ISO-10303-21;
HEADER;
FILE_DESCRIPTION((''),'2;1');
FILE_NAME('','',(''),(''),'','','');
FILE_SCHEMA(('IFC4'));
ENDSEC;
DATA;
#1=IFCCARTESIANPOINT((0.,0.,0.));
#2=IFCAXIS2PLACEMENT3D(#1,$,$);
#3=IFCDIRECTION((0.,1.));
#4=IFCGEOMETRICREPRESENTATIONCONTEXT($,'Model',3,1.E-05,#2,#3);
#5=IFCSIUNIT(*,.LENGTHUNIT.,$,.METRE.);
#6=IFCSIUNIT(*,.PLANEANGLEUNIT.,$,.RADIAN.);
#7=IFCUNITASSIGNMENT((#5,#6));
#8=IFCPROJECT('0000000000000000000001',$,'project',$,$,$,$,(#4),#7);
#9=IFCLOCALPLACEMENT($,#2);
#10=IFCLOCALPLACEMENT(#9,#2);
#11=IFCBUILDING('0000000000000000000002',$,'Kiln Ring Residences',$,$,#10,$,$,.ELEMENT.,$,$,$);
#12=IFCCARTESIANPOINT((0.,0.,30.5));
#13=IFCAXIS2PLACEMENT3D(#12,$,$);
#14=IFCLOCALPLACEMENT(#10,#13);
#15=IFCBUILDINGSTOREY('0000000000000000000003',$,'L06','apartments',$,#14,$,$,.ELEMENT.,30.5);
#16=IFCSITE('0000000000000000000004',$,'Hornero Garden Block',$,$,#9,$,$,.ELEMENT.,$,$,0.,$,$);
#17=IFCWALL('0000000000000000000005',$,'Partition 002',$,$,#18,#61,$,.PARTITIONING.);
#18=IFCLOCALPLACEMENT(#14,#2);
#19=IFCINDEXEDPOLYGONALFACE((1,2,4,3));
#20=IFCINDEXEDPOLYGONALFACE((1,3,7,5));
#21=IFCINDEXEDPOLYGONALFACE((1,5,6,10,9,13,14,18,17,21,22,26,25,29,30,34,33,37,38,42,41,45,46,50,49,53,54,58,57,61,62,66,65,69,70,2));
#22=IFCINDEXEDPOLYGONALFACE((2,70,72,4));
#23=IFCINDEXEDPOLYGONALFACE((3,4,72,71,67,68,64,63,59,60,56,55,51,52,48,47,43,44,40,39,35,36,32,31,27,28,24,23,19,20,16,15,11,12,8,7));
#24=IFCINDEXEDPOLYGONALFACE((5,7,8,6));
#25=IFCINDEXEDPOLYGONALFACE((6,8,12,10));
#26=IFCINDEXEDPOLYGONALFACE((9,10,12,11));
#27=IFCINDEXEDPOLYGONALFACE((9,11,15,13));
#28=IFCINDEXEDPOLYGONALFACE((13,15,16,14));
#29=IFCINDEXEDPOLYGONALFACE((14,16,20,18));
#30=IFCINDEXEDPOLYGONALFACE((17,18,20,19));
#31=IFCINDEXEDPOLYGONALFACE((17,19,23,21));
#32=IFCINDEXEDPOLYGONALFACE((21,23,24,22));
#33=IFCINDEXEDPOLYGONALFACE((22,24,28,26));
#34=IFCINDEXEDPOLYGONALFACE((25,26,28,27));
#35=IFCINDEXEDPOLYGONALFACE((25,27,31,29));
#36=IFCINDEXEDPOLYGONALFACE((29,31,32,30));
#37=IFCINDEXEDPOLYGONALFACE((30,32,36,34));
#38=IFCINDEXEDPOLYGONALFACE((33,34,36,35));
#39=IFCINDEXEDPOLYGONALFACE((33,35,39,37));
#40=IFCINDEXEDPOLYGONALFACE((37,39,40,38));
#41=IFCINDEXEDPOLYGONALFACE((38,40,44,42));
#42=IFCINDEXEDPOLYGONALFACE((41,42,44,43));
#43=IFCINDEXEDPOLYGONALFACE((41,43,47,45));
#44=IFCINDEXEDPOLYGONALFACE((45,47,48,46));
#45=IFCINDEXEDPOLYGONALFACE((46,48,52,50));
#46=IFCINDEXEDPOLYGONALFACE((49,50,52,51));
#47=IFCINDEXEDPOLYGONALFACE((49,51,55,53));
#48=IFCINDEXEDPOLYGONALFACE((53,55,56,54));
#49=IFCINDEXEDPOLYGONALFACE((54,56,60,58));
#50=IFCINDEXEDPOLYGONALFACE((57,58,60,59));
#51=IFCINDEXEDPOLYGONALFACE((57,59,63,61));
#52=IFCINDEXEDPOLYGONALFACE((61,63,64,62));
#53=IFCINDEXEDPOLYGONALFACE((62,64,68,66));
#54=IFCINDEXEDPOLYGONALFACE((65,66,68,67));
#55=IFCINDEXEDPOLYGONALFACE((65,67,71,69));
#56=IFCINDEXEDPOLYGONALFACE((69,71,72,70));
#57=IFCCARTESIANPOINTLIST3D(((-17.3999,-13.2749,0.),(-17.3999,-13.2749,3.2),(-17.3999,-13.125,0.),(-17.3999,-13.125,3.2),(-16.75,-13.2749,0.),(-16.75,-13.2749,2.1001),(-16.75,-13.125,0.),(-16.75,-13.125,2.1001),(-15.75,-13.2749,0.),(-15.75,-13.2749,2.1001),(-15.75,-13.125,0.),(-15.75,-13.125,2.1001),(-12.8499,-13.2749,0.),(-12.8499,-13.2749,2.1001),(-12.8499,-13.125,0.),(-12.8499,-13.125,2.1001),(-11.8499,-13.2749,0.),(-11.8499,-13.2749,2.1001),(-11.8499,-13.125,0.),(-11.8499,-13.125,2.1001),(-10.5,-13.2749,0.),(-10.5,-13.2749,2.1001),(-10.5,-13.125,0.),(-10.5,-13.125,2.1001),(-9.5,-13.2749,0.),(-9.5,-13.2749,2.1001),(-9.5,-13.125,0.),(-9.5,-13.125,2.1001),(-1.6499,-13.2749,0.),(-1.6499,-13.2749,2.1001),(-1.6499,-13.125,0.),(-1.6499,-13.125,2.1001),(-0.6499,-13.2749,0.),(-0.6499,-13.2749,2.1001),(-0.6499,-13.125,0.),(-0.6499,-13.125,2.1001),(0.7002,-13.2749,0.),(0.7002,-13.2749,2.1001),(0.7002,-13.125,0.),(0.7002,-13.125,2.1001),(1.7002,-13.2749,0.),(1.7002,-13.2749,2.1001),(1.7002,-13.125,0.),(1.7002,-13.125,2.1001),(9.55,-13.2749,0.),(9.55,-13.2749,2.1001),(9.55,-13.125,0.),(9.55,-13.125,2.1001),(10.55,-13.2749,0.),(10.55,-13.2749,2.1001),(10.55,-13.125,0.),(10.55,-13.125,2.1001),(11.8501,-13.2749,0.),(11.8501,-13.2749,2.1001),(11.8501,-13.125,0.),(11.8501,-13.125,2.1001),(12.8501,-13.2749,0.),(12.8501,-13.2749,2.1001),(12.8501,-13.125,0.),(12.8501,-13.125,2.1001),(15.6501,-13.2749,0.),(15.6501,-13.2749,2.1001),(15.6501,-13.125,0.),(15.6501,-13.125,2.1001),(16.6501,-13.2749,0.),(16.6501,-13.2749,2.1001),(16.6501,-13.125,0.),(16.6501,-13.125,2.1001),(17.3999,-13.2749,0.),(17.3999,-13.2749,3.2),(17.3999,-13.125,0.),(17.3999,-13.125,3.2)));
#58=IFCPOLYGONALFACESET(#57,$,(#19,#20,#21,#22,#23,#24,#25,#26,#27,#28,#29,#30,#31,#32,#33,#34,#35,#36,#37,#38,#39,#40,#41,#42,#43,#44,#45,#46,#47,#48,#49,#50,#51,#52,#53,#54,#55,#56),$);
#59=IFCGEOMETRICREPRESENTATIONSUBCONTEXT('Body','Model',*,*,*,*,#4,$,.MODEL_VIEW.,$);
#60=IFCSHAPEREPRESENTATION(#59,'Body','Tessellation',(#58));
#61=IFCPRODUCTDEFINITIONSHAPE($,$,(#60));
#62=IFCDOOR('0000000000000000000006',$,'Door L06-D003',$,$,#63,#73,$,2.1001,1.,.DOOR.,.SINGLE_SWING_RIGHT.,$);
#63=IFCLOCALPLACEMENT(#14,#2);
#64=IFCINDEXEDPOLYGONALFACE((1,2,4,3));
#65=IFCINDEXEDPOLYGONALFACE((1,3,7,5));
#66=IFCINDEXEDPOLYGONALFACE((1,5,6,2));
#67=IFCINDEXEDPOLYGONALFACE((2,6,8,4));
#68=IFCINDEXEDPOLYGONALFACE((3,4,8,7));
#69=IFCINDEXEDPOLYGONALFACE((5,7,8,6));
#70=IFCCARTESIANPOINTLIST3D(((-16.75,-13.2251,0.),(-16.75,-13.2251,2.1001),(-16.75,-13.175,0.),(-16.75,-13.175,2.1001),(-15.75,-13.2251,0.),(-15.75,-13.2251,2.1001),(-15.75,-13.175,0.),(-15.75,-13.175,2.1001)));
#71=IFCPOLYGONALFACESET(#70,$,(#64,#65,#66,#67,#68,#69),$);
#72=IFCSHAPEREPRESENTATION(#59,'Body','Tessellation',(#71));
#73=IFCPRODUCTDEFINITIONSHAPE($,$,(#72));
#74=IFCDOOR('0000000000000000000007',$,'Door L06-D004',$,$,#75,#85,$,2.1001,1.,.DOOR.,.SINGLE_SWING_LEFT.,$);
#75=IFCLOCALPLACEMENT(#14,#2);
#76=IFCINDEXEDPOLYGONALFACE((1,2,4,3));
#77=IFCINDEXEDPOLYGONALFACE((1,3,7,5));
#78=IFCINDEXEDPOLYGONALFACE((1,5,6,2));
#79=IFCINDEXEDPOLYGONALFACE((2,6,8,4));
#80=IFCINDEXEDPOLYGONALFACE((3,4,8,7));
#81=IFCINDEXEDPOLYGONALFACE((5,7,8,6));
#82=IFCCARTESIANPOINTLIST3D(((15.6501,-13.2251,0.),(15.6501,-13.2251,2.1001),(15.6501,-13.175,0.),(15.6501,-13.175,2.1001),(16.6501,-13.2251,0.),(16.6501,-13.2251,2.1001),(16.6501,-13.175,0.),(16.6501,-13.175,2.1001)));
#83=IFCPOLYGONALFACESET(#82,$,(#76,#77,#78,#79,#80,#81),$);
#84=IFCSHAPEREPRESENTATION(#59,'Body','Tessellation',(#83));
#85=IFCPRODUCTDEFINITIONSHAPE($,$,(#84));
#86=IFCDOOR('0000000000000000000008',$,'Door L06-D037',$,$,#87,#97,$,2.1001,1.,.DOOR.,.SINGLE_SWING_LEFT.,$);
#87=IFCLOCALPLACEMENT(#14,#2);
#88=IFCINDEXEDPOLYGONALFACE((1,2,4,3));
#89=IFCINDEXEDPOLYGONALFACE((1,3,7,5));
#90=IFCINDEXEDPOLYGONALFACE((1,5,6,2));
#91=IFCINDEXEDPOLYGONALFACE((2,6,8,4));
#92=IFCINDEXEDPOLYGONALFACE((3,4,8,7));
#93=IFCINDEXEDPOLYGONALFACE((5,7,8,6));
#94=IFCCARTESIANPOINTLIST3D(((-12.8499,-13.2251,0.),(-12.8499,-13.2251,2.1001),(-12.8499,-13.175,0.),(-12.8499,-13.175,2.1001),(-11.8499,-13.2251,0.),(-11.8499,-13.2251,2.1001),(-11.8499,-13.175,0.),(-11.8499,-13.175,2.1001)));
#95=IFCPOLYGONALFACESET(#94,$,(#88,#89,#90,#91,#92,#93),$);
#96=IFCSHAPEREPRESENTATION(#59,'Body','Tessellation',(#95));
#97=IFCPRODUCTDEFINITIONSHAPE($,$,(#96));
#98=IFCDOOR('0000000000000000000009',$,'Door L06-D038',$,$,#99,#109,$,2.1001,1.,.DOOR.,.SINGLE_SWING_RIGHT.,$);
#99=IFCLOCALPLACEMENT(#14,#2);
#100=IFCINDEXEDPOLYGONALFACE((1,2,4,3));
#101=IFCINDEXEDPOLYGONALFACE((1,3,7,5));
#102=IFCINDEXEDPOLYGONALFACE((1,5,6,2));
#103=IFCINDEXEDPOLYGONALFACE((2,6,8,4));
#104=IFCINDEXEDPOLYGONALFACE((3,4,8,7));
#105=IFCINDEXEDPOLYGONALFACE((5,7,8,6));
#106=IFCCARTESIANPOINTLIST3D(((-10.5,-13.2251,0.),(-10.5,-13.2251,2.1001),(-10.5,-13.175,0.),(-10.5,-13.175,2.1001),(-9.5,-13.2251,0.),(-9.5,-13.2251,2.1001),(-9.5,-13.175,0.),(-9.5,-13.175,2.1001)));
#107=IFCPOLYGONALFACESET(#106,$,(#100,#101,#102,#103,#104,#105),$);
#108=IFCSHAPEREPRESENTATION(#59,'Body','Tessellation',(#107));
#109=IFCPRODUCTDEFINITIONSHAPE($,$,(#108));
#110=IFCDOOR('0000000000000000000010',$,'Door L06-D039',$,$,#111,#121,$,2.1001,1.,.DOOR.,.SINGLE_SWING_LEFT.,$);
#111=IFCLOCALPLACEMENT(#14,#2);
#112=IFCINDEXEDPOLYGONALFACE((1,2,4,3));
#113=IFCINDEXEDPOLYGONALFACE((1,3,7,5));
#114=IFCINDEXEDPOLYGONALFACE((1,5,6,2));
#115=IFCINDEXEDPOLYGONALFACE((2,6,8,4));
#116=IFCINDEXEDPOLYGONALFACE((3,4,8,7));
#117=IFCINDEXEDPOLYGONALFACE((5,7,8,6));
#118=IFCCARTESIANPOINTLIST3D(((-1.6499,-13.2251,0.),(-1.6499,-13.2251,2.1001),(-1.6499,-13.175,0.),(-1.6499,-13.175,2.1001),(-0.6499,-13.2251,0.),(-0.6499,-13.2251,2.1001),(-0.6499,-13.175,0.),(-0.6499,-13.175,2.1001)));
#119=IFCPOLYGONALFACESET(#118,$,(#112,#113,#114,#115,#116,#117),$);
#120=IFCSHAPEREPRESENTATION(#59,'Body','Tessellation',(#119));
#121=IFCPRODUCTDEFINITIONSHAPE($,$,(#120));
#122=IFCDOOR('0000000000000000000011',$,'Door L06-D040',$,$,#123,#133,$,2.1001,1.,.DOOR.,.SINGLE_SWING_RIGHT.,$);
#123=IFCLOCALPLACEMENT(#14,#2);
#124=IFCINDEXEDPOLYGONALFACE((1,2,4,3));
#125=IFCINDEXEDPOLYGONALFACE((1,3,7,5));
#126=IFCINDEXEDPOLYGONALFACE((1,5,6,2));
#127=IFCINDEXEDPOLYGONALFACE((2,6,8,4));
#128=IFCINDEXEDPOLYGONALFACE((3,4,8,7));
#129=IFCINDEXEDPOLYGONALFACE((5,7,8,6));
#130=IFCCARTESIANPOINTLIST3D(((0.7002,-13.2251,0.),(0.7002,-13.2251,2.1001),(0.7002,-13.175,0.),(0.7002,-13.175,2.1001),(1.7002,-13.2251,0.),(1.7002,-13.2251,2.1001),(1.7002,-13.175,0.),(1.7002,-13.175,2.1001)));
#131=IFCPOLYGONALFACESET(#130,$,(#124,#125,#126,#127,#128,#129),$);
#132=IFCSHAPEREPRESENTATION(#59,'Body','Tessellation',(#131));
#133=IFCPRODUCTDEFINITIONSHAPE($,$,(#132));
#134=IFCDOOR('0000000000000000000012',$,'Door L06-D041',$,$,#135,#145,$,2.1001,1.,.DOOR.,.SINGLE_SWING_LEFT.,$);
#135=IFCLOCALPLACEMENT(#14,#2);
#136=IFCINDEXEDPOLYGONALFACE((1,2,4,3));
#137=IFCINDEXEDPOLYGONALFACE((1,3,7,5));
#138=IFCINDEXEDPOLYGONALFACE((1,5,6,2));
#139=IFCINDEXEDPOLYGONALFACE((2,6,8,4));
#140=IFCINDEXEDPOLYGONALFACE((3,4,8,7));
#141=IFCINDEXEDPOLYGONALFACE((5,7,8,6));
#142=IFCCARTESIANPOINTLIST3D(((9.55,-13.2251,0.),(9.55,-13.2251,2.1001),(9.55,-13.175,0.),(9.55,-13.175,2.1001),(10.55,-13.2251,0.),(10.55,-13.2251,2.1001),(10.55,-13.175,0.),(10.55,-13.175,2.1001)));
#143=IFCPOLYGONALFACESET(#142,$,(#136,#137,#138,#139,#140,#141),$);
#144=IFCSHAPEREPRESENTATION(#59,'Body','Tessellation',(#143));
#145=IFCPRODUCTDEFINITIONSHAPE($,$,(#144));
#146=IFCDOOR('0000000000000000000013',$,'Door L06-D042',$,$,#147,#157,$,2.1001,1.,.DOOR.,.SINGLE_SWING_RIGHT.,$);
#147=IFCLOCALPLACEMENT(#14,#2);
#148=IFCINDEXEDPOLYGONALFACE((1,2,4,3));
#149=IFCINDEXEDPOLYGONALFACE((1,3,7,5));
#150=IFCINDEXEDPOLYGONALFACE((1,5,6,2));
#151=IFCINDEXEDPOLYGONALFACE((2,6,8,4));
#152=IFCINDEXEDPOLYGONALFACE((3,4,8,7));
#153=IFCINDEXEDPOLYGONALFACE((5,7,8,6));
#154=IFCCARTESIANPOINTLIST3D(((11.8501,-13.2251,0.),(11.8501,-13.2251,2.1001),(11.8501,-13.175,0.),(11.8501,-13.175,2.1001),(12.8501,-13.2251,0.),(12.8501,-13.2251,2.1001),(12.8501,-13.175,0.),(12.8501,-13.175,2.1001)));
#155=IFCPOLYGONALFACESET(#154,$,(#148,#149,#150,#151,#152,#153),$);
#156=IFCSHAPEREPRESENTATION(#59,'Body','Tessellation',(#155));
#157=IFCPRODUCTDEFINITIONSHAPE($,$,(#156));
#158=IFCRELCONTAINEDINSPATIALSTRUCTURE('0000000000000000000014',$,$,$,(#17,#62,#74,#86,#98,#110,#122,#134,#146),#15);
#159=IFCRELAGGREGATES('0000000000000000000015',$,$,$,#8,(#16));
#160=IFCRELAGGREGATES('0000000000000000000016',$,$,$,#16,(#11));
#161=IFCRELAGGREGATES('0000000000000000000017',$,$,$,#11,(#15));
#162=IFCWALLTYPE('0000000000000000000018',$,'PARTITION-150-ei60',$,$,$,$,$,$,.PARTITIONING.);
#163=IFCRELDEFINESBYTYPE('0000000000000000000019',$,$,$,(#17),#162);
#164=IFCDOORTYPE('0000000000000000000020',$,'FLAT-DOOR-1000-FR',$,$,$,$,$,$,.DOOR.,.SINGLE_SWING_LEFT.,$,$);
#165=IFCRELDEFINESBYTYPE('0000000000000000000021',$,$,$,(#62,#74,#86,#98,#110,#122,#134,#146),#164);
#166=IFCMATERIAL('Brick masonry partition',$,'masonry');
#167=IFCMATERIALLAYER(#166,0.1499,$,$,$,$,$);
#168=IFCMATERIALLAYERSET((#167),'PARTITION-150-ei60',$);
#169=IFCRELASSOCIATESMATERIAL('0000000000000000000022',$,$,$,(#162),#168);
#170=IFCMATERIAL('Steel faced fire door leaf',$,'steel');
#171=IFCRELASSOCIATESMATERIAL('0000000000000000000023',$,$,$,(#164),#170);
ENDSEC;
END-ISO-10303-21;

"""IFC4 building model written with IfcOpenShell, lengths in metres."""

from ifc_helpers import new_model, si_unit, direction, frame, frame_2d, origin, place, context, subcontext, project, spatial, rectangle, extrude, material, layer, layer_set, type_object, element, fill, save


model = new_model("IFC4")

# Units and contexts
model_context = context("Model", 3, precision=1e-05, world=origin(), true_north=direction((0.0, 1.0)))
body_context = subcontext(model_context, "Body", "Model", "MODEL_VIEW")
ifc_project = project(units=[si_unit("LENGTHUNIT", "METRE"), si_unit("PLANEANGLEUNIT", "RADIAN")], contexts=[model_context])

# Site, building, storey
site_placement = place(None, origin())
site = spatial("IfcSite", under=ifc_project, at=site_placement, Name="Hornero Garden Block", CompositionType="ELEMENT", RefElevation=0.0)
building_placement = place(site_placement, origin())
building = spatial("IfcBuilding", under=site, at=building_placement, Name="Kiln Ring Residences", CompositionType="ELEMENT")
storey_placement = place(building_placement, frame((0.0, 0.0, 30.5)))
storey = spatial("IfcBuildingStorey", under=building, at=storey_placement, Name="L06", Description="apartments", CompositionType="ELEMENT", Elevation=30.5)

# Wall, openings, doors
ifc_material_1 = material(Name="Brick masonry partition", Category="masonry")
ifc_layer_1 = layer(ifc_material_1, 0.1499)
ifc_layer_set_1 = layer_set([ifc_layer_1], Name="PARTITION-150-ei60")
wall_type_1 = type_object("IfcWallType", Name="PARTITION-150-ei60", PredefinedType="PARTITIONING", material=ifc_layer_set_1)
wall_1_placement = place(storey_placement, frame((-17.3999, -13.2, 0.0), z_axis=(0.0, 0.0, 1.0), x_axis=(1.0, 0.0, 0.0)))
wall_1 = element("IfcWall", 1, at=wall_1_placement, inside=storey, type_object=wall_type_1, Name="Partition 002", PredefinedType="PARTITIONING", context=body_context, shape_type="SweptSolid", body=[
    extrude(rectangle(XDim=34.7998, YDim=0.1499, at=frame_2d((17.3999, 0.0))), origin(), (0.0, 0.0, 1.0), 3.2),
])
opening_1_placement = place(wall_1_placement, frame((0.6499, 0.0, 0.0)))
opening_1 = element("IfcOpeningElement", 2, at=opening_1_placement, cuts=wall_1, PredefinedType="OPENING", context=body_context, shape_type="SweptSolid", body=[
    extrude(rectangle(XDim=1.0, YDim=2.1001, at=frame_2d((0.5, 1.05))), frame((0.0, 0.085, 0.0), z_axis=(0.0, -1.0, 0.0), x_axis=(1.0, 0.0, 0.0)), (0.0, 0.0, 1.0), 0.1699),
])
opening_2_placement = place(wall_1_placement, frame((33.05, 0.0, 0.0)))
opening_2 = element("IfcOpeningElement", 3, at=opening_2_placement, cuts=wall_1, PredefinedType="OPENING", context=body_context, shape_type="SweptSolid", body=[
    extrude(rectangle(XDim=1.0, YDim=2.1001, at=frame_2d((0.5, 1.05))), frame((0.0, 0.085, 0.0), z_axis=(0.0, -1.0, 0.0), x_axis=(1.0, 0.0, 0.0)), (0.0, 0.0, 1.0), 0.1699),
])
opening_3_placement = place(wall_1_placement, frame((4.55, 0.0, 0.0)))
opening_3 = element("IfcOpeningElement", 4, at=opening_3_placement, cuts=wall_1, PredefinedType="OPENING", context=body_context, shape_type="SweptSolid", body=[
    extrude(rectangle(XDim=1.0, YDim=2.1001, at=frame_2d((0.5, 1.05))), frame((0.0, 0.085, 0.0), z_axis=(0.0, -1.0, 0.0), x_axis=(1.0, 0.0, 0.0)), (0.0, 0.0, 1.0), 0.1699),
])
opening_4_placement = place(wall_1_placement, frame((6.8999, 0.0, 0.0)))
opening_4 = element("IfcOpeningElement", 5, at=opening_4_placement, cuts=wall_1, PredefinedType="OPENING", context=body_context, shape_type="SweptSolid", body=[
    extrude(rectangle(XDim=1.0, YDim=2.1001, at=frame_2d((0.5, 1.05))), frame((0.0, 0.085, 0.0), z_axis=(0.0, -1.0, 0.0), x_axis=(1.0, 0.0, 0.0)), (0.0, 0.0, 1.0), 0.1699),
])
opening_5_placement = place(wall_1_placement, frame((15.75, 0.0, 0.0)))
opening_5 = element("IfcOpeningElement", 6, at=opening_5_placement, cuts=wall_1, PredefinedType="OPENING", context=body_context, shape_type="SweptSolid", body=[
    extrude(rectangle(XDim=1.0, YDim=2.1001, at=frame_2d((0.5, 1.05))), frame((0.0, 0.085, 0.0), z_axis=(0.0, -1.0, 0.0), x_axis=(1.0, 0.0, 0.0)), (0.0, 0.0, 1.0), 0.1699),
])
opening_6_placement = place(wall_1_placement, frame((18.1001, 0.0, 0.0)))
opening_6 = element("IfcOpeningElement", 7, at=opening_6_placement, cuts=wall_1, PredefinedType="OPENING", context=body_context, shape_type="SweptSolid", body=[
    extrude(rectangle(XDim=1.0, YDim=2.1001, at=frame_2d((0.5, 1.05))), frame((0.0, 0.085, 0.0), z_axis=(0.0, -1.0, 0.0), x_axis=(1.0, 0.0, 0.0)), (0.0, 0.0, 1.0), 0.1699),
])
opening_7_placement = place(wall_1_placement, frame((26.95, 0.0, 0.0)))
opening_7 = element("IfcOpeningElement", 8, at=opening_7_placement, cuts=wall_1, PredefinedType="OPENING", context=body_context, shape_type="SweptSolid", body=[
    extrude(rectangle(XDim=1.0, YDim=2.1001, at=frame_2d((0.5, 1.05))), frame((0.0, 0.085, 0.0), z_axis=(0.0, -1.0, 0.0), x_axis=(1.0, 0.0, 0.0)), (0.0, 0.0, 1.0), 0.1699),
])
opening_8_placement = place(wall_1_placement, frame((29.25, 0.0, 0.0)))
opening_8 = element("IfcOpeningElement", 9, at=opening_8_placement, cuts=wall_1, PredefinedType="OPENING", context=body_context, shape_type="SweptSolid", body=[
    extrude(rectangle(XDim=1.0, YDim=2.1001, at=frame_2d((0.5, 1.05))), frame((0.0, 0.085, 0.0), z_axis=(0.0, -1.0, 0.0), x_axis=(1.0, 0.0, 0.0)), (0.0, 0.0, 1.0), 0.1699),
])
ifc_material_2 = material(Name="Steel faced fire door leaf", Category="steel")
door_type = type_object("IfcDoorType", Name="FLAT-DOOR-1000-FR", OperationType="SINGLE_SWING_LEFT", PredefinedType="DOOR", material=ifc_material_2)
door_1_placement = place(opening_1_placement, origin())
door_1 = element("IfcDoor", 10, at=door_1_placement, inside=storey, type_object=door_type, Name="Door L06-D003", OperationType="SINGLE_SWING_RIGHT", OverallHeight=2.1001, OverallWidth=1.0, PredefinedType="DOOR", context=body_context, shape_type="SweptSolid", body=[
    extrude(rectangle(XDim=1.0, YDim=2.1001, at=frame_2d((0.5, 1.05))), frame((0.0, 0.0249, 0.0), z_axis=(0.0, -1.0, 0.0), x_axis=(1.0, 0.0, 0.0)), (0.0, 0.0, 1.0), 0.05),
])
fill(opening_1, door_1)
door_2_placement = place(opening_2_placement, origin())
door_2 = element("IfcDoor", 11, at=door_2_placement, inside=storey, type_object=door_type, Name="Door L06-D004", OperationType="SINGLE_SWING_LEFT", OverallHeight=2.1001, OverallWidth=1.0, PredefinedType="DOOR", context=body_context, shape_type="SweptSolid", body=[
    extrude(rectangle(XDim=1.0, YDim=2.1001, at=frame_2d((0.5, 1.05))), frame((0.0, 0.0249, 0.0), z_axis=(0.0, -1.0, 0.0), x_axis=(1.0, 0.0, 0.0)), (0.0, 0.0, 1.0), 0.05),
])
fill(opening_2, door_2)
door_3_placement = place(opening_3_placement, origin())
door_3 = element("IfcDoor", 12, at=door_3_placement, inside=storey, type_object=door_type, Name="Door L06-D037", OperationType="SINGLE_SWING_LEFT", OverallHeight=2.1001, OverallWidth=1.0, PredefinedType="DOOR", context=body_context, shape_type="SweptSolid", body=[
    extrude(rectangle(XDim=1.0, YDim=2.1001, at=frame_2d((0.5, 1.05))), frame((0.0, 0.0249, 0.0), z_axis=(0.0, -1.0, 0.0), x_axis=(1.0, 0.0, 0.0)), (0.0, 0.0, 1.0), 0.05),
])
fill(opening_3, door_3)
door_4_placement = place(opening_4_placement, origin())
door_4 = element("IfcDoor", 13, at=door_4_placement, inside=storey, type_object=door_type, Name="Door L06-D038", OperationType="SINGLE_SWING_RIGHT", OverallHeight=2.1001, OverallWidth=1.0, PredefinedType="DOOR", context=body_context, shape_type="SweptSolid", body=[
    extrude(rectangle(XDim=1.0, YDim=2.1001, at=frame_2d((0.5, 1.05))), frame((0.0, 0.0249, 0.0), z_axis=(0.0, -1.0, 0.0), x_axis=(1.0, 0.0, 0.0)), (0.0, 0.0, 1.0), 0.05),
])
fill(opening_4, door_4)
door_5_placement = place(opening_5_placement, origin())
door_5 = element("IfcDoor", 14, at=door_5_placement, inside=storey, type_object=door_type, Name="Door L06-D039", OperationType="SINGLE_SWING_LEFT", OverallHeight=2.1001, OverallWidth=1.0, PredefinedType="DOOR", context=body_context, shape_type="SweptSolid", body=[
    extrude(rectangle(XDim=1.0, YDim=2.1001, at=frame_2d((0.5, 1.05))), frame((0.0, 0.0249, 0.0), z_axis=(0.0, -1.0, 0.0), x_axis=(1.0, 0.0, 0.0)), (0.0, 0.0, 1.0), 0.05),
])
fill(opening_5, door_5)
door_6_placement = place(opening_6_placement, origin())
door_6 = element("IfcDoor", 15, at=door_6_placement, inside=storey, type_object=door_type, Name="Door L06-D040", OperationType="SINGLE_SWING_RIGHT", OverallHeight=2.1001, OverallWidth=1.0, PredefinedType="DOOR", context=body_context, shape_type="SweptSolid", body=[
    extrude(rectangle(XDim=1.0, YDim=2.1001, at=frame_2d((0.5, 1.05))), frame((0.0, 0.0249, 0.0), z_axis=(0.0, -1.0, 0.0), x_axis=(1.0, 0.0, 0.0)), (0.0, 0.0, 1.0), 0.05),
])
fill(opening_6, door_6)
door_7_placement = place(opening_7_placement, origin())
door_7 = element("IfcDoor", 16, at=door_7_placement, inside=storey, type_object=door_type, Name="Door L06-D041", OperationType="SINGLE_SWING_LEFT", OverallHeight=2.1001, OverallWidth=1.0, PredefinedType="DOOR", context=body_context, shape_type="SweptSolid", body=[
    extrude(rectangle(XDim=1.0, YDim=2.1001, at=frame_2d((0.5, 1.05))), frame((0.0, 0.0249, 0.0), z_axis=(0.0, -1.0, 0.0), x_axis=(1.0, 0.0, 0.0)), (0.0, 0.0, 1.0), 0.05),
])
fill(opening_7, door_7)
door_8_placement = place(opening_8_placement, origin())
door_8 = element("IfcDoor", 17, at=door_8_placement, inside=storey, type_object=door_type, Name="Door L06-D042", OperationType="SINGLE_SWING_RIGHT", OverallHeight=2.1001, OverallWidth=1.0, PredefinedType="DOOR", context=body_context, shape_type="SweptSolid", body=[
    extrude(rectangle(XDim=1.0, YDim=2.1001, at=frame_2d((0.5, 1.05))), frame((0.0, 0.0249, 0.0), z_axis=(0.0, -1.0, 0.0), x_axis=(1.0, 0.0, 0.0)), (0.0, 0.0, 1.0), 0.05),
])
fill(opening_8, door_8)

save(model, "model.ifc")
